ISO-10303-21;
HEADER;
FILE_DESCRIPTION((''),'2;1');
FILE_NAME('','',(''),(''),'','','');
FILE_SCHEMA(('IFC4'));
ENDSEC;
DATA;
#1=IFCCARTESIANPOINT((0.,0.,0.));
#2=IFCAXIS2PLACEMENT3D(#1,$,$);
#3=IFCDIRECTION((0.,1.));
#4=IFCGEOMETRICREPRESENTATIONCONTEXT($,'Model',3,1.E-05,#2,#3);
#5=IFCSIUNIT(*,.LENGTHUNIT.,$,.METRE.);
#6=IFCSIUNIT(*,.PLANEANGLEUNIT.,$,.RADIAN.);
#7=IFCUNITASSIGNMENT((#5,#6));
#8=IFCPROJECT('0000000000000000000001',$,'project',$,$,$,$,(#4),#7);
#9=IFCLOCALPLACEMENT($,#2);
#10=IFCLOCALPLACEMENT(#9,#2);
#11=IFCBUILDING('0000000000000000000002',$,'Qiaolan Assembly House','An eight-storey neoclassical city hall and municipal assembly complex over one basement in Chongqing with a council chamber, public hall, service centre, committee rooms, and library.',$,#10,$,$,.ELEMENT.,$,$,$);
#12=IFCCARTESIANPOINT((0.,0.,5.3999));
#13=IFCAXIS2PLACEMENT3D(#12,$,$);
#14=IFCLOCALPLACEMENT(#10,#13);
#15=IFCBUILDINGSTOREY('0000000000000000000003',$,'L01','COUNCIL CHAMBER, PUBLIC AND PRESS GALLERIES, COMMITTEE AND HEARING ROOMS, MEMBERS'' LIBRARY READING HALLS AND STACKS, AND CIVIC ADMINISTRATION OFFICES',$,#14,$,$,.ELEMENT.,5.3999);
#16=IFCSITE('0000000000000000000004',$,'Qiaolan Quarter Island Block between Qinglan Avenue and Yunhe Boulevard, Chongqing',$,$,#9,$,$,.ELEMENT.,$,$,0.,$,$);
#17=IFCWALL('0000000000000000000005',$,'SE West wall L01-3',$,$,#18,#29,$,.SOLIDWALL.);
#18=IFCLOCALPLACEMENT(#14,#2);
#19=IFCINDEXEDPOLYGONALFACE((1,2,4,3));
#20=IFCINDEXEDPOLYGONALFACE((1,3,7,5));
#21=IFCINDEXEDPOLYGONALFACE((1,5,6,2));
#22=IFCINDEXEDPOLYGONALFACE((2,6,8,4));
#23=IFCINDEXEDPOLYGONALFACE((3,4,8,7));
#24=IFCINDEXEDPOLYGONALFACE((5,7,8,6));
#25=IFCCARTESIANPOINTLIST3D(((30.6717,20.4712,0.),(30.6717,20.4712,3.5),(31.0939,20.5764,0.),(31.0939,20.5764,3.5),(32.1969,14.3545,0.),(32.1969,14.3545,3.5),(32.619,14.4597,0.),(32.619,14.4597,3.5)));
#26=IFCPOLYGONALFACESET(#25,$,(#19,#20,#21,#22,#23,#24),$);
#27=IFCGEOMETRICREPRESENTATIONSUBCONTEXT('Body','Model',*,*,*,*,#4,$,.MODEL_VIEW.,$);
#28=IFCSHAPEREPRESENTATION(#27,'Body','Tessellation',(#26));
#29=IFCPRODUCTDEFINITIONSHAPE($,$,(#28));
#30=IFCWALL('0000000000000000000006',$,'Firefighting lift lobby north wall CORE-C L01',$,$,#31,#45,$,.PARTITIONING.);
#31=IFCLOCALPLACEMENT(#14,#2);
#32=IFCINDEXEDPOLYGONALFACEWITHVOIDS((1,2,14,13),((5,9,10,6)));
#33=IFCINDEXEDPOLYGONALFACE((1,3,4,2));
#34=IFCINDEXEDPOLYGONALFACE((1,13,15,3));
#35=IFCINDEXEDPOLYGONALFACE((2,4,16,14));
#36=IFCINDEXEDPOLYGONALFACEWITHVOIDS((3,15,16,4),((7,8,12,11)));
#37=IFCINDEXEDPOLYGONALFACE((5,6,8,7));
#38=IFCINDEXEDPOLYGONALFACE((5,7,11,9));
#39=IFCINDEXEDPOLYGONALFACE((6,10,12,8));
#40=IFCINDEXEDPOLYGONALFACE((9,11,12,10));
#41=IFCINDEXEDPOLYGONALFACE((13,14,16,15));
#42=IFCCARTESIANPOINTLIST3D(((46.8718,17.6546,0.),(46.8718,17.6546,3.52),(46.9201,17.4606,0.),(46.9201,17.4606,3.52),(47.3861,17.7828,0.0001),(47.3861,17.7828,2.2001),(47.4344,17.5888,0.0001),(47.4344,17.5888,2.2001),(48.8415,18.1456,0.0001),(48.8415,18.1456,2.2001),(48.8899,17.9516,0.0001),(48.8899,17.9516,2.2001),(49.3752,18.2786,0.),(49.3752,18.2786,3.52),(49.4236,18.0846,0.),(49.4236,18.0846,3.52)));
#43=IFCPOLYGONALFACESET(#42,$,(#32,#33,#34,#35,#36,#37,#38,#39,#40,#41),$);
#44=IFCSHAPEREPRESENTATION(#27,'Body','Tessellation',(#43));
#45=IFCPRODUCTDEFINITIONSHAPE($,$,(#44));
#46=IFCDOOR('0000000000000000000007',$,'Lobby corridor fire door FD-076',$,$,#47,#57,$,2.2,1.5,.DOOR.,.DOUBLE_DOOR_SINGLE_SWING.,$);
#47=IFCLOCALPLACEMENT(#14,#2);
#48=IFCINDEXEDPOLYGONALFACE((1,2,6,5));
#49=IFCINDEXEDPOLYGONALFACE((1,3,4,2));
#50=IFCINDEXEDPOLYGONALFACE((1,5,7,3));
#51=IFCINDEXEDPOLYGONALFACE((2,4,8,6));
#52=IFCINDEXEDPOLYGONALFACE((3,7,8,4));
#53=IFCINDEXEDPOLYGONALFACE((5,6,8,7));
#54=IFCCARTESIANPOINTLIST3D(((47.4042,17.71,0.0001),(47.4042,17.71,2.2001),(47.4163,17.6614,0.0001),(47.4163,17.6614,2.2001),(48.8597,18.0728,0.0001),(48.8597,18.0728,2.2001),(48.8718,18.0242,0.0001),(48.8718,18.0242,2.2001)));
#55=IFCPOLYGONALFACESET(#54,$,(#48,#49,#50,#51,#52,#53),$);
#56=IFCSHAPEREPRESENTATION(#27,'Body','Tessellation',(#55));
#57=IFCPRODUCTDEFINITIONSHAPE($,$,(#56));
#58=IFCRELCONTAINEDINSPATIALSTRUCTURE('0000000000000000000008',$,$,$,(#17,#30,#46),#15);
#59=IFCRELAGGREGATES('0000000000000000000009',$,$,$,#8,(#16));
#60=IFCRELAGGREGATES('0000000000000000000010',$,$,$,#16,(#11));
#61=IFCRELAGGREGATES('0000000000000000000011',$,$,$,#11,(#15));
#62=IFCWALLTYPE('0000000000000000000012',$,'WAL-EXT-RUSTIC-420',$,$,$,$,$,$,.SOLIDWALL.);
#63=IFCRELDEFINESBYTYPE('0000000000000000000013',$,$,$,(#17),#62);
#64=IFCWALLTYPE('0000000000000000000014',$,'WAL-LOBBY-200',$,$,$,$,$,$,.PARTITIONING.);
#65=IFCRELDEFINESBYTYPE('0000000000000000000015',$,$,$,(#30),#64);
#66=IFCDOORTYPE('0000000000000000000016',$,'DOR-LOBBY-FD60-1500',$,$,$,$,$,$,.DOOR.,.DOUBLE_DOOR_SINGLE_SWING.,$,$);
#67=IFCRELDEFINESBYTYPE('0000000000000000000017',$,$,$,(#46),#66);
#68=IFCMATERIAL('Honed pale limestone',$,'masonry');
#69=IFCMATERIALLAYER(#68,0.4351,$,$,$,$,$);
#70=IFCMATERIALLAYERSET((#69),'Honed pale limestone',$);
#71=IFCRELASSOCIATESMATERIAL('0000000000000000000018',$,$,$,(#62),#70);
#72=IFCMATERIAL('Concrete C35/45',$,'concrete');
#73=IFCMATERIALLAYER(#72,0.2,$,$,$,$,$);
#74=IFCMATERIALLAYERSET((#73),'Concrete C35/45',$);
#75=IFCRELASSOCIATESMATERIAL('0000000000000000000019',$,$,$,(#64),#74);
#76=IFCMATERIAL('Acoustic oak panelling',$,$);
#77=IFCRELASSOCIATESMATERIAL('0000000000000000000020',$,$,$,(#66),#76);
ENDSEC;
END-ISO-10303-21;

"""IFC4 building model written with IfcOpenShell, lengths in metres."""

from ifc_helpers import new_model, si_unit, direction, frame, frame_2d, origin, place, context, subcontext, project, spatial, rectangle, extrude, material, layer, layer_set, type_object, element, fill, save


model = new_model("IFC4")

# Units and contexts
model_context = context("Model", 3, precision=1e-05, world=origin(), true_north=direction((0.0, 1.0)))
body_context = subcontext(model_context, "Body", "Model", "MODEL_VIEW")
ifc_project = project(units=[si_unit("LENGTHUNIT", "METRE"), si_unit("PLANEANGLEUNIT", "RADIAN")], contexts=[model_context])

# Site, building, storey
site_placement = place(None, origin())
site = spatial("IfcSite", under=ifc_project, at=site_placement, Name="Qiaolan Quarter Island Block between Qinglan Avenue and Yunhe Boulevard, Chongqing", CompositionType="ELEMENT", RefElevation=0.0)
building_placement = place(site_placement, origin())
building = spatial("IfcBuilding", under=site, at=building_placement, Name="Qiaolan Assembly House", Description="An eight-storey neoclassical city hall and municipal assembly complex over one basement in Chongqing with a council chamber, public hall, service centre, committee rooms, and library.", CompositionType="ELEMENT")
storey_placement = place(building_placement, frame((0.0, 0.0, 5.3999)))
storey = spatial("IfcBuildingStorey", under=building, at=storey_placement, Name="L01", Description="COUNCIL CHAMBER, PUBLIC AND PRESS GALLERIES, COMMITTEE AND HEARING ROOMS, MEMBERS' LIBRARY READING HALLS AND STACKS, AND CIVIC ADMINISTRATION OFFICES", CompositionType="ELEMENT", Elevation=5.3999)

# Shared definitions
ifc_material_1 = material(Name="Honed pale limestone", Category="masonry")
ifc_layer_1 = layer(ifc_material_1, 0.4351)
ifc_layer_set_1 = layer_set([ifc_layer_1], Name="Honed pale limestone")
wall_type_1 = type_object("IfcWallType", Name="WAL-EXT-RUSTIC-420", PredefinedType="SOLIDWALL", material=ifc_layer_set_1)

# Wall
wall_1_placement = place(storey_placement, frame((30.8828, 20.5237, 0.0), z_axis=(0.0, 0.0, 1.0), x_axis=(0.241934, -0.970293, 0.0)))
element("IfcWall", 1, at=wall_1_placement, inside=storey, type_object=wall_type_1, Name="SE West wall L01-3", PredefinedType="SOLIDWALL", context=body_context, shape_type="SweptSolid", body=[
    extrude(rectangle(XDim=6.304, YDim=0.4351, at=frame_2d((3.1519, 0.0))), origin(), (0.0, 0.0, 1.0), 3.5),
])

# Wall, opening, door
ifc_material_2 = material(Name="Concrete C35/45", Category="concrete")
ifc_layer_2 = layer(ifc_material_2, 0.2)
ifc_layer_set_2 = layer_set([ifc_layer_2], Name="Concrete C35/45")
wall_type_2 = type_object("IfcWallType", Name="WAL-LOBBY-200", PredefinedType="PARTITIONING", material=ifc_layer_set_2)
wall_2_placement = place(storey_placement, frame((49.3994, 18.1816, 0.0), z_axis=(0.0, 0.0, 1.0), x_axis=(-0.970309, -0.241868, 0.0)))
wall_2 = element("IfcWall", 2, at=wall_2_placement, inside=storey, type_object=wall_type_2, Name="Firefighting lift lobby north wall CORE-C L01", PredefinedType="PARTITIONING", context=body_context, shape_type="SweptSolid", body=[
    extrude(rectangle(XDim=2.5801, YDim=0.2, at=frame_2d((1.29, 0.0))), origin(), (0.0, 0.0, 1.0), 3.52),
])
opening_1_placement = place(wall_2_placement, frame((0.55, 0.0, 0.0)))
opening_1 = element("IfcOpeningElement", 3, at=opening_1_placement, cuts=wall_2, PredefinedType="OPENING", context=body_context, shape_type="SweptSolid", body=[
    extrude(rectangle(XDim=1.5, YDim=2.2, at=frame_2d((0.75, 1.1001))), frame((0.0, 0.1099, 0.0), z_axis=(0.0, -1.0, 0.0), x_axis=(1.0, 0.0, 0.0)), (0.0, 0.0, 1.0), 0.22),
])
ifc_material_3 = material(Name="Acoustic oak panelling")
door_type = type_object("IfcDoorType", Name="DOR-LOBBY-FD60-1500", OperationType="DOUBLE_DOOR_SINGLE_SWING", PredefinedType="DOOR", material=ifc_material_3)
door_placement = place(opening_1_placement, frame((1.5, 0.0, 0.0), z_axis=(0.0, 0.0, 1.0), x_axis=(-1.0, 0.0, 0.0)))
door = element("IfcDoor", 4, at=door_placement, inside=storey, type_object=door_type, Name="Lobby corridor fire door FD-076", OperationType="DOUBLE_DOOR_SINGLE_SWING", OverallHeight=2.2, OverallWidth=1.5, PredefinedType="DOOR", context=body_context, shape_type="SweptSolid", body=[
    extrude(rectangle(XDim=1.5, YDim=2.2, at=frame_2d((0.75, 1.1001))), frame((0.0, 0.0249, 0.0), z_axis=(0.0, -1.0, 0.0), x_axis=(1.0, 0.0, 0.0)), (0.0, 0.0, 1.0), 0.05),
])
fill(opening_1, door)

save(model, "model.ifc")
